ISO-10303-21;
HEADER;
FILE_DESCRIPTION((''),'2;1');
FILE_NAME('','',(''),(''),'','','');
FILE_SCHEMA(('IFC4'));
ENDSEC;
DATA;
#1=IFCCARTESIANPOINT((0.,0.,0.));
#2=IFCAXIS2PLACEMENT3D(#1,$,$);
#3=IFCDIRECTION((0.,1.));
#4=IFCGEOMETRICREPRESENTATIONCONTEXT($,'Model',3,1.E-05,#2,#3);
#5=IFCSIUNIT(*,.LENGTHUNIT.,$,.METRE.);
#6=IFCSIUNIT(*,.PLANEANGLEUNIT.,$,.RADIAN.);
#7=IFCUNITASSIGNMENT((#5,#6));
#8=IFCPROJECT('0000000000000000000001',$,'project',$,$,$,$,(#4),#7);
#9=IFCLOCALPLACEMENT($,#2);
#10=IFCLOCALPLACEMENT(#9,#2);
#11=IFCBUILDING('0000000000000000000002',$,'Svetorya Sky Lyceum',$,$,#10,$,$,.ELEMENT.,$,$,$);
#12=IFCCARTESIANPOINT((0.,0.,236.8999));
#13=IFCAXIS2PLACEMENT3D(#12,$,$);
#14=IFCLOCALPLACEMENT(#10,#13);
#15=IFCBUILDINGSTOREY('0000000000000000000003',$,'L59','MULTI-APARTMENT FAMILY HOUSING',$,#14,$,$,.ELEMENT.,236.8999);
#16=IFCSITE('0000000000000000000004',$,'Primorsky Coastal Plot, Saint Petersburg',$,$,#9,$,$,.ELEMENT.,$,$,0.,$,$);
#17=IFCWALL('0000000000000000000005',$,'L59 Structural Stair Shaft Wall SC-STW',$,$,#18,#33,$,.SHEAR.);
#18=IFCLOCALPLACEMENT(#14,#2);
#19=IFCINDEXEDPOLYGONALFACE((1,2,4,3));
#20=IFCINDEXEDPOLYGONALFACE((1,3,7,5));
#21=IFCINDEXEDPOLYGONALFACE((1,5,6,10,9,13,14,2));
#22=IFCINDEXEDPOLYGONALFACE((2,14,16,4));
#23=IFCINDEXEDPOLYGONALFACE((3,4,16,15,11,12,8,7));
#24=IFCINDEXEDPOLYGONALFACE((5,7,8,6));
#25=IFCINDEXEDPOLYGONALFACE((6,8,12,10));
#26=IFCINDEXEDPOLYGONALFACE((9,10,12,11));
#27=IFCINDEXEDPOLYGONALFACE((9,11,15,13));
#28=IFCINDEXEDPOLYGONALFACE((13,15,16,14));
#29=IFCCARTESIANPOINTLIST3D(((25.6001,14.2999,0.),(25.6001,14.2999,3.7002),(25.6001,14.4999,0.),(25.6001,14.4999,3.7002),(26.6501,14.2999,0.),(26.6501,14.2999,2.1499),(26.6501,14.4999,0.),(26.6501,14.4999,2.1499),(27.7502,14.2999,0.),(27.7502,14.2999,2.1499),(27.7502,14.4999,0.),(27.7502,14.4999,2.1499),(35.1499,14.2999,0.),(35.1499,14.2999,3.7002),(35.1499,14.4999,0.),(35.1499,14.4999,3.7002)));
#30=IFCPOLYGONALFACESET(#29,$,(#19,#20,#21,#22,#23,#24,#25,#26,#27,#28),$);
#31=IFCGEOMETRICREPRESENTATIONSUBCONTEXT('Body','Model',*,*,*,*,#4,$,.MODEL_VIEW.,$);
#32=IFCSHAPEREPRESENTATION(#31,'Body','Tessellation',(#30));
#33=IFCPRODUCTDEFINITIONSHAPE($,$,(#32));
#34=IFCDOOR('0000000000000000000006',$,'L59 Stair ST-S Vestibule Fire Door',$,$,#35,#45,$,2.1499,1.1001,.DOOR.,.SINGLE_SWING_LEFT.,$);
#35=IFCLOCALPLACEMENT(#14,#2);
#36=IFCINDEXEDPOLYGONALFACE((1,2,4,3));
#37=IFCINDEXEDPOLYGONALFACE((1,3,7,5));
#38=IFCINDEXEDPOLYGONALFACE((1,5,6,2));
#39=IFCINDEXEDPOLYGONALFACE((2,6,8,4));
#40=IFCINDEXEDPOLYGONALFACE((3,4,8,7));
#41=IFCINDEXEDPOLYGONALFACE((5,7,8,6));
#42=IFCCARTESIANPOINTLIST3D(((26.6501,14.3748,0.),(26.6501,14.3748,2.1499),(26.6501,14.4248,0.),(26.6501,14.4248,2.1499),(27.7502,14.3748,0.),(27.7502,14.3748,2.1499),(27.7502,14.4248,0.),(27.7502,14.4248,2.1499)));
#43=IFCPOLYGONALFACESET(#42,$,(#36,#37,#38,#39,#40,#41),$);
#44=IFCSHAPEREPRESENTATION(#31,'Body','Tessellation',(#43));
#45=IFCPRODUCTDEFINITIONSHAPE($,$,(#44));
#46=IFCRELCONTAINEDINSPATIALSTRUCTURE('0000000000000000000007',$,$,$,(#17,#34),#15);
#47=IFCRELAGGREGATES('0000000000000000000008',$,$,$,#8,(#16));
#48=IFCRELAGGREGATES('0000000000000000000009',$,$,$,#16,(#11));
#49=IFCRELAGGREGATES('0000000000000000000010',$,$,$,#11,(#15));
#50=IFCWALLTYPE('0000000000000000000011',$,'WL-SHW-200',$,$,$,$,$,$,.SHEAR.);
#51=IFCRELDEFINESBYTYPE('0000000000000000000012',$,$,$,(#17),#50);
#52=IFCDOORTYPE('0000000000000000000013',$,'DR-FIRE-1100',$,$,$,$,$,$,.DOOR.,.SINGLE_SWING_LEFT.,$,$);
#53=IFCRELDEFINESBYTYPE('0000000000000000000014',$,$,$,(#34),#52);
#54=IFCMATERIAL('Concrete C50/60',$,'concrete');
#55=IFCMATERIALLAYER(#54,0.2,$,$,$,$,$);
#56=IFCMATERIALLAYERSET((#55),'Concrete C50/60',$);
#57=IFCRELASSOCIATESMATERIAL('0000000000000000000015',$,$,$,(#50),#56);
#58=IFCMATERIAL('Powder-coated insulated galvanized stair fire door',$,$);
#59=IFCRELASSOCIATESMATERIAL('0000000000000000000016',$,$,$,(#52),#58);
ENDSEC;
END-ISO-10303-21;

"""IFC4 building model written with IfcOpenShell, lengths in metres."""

from ifc_helpers import new_model, si_unit, direction, frame, frame_2d, origin, place, context, subcontext, project, spatial, rectangle, extrude, material, layer, layer_set, type_object, element, fill, save


model = new_model("IFC4")

# Units and contexts
model_context = context("Model", 3, precision=1e-05, world=origin(), true_north=direction((0.0, 1.0)))
body_context = subcontext(model_context, "Body", "Model", "MODEL_VIEW")
ifc_project = project(units=[si_unit("LENGTHUNIT", "METRE"), si_unit("PLANEANGLEUNIT", "RADIAN")], contexts=[model_context])

# Site, building, storey
site_placement = place(None, origin())
site = spatial("IfcSite", under=ifc_project, at=site_placement, Name="Primorsky Coastal Plot, Saint Petersburg", CompositionType="ELEMENT", RefElevation=0.0)
building_placement = place(site_placement, origin())
building = spatial("IfcBuilding", under=site, at=building_placement, Name="Svetorya Sky Lyceum", CompositionType="ELEMENT")
storey_placement = place(building_placement, frame((0.0, 0.0, 236.8999)))
storey = spatial("IfcBuildingStorey", under=building, at=storey_placement, Name="L59", Description="MULTI-APARTMENT FAMILY HOUSING", CompositionType="ELEMENT", Elevation=236.8999)

# Shared definitions
ifc_material_1 = material(Name="Concrete C50/60", Category="concrete")

# Wall, opening, door
ifc_layer_1 = layer(ifc_material_1, 0.2)
ifc_layer_set_1 = layer_set([ifc_layer_1], Name="Concrete C50/60")
wall_type_1 = type_object("IfcWallType", Name="WL-SHW-200", PredefinedType="SHEAR", material=ifc_layer_set_1)
wall_1_placement = place(storey_placement, frame((25.6001, 14.3999, 0.0), z_axis=(0.0, 0.0, 1.0), x_axis=(1.0, 0.0, 0.0)))
wall_1 = element("IfcWall", 1, at=wall_1_placement, inside=storey, type_object=wall_type_1, Name="L59 Structural Stair Shaft Wall SC-STW", PredefinedType="SHEAR", context=body_context, shape_type="SweptSolid", body=[
    extrude(rectangle(XDim=9.5498, YDim=0.2, at=frame_2d((4.7749, 0.0))), origin(), (0.0, 0.0, 1.0), 3.7002),
])
opening_1_placement = place(wall_1_placement, frame((1.05, 0.0, 0.0)))
opening_1 = element("IfcOpeningElement", 2, at=opening_1_placement, cuts=wall_1, PredefinedType="OPENING", context=body_context, shape_type="SweptSolid", body=[
    extrude(rectangle(XDim=1.1001, YDim=2.1499, at=frame_2d((0.55, 1.075))), frame((0.0, 0.1099, 0.0), z_axis=(0.0, -1.0, 0.0), x_axis=(1.0, 0.0, 0.0)), (0.0, 0.0, 1.0), 0.22),
])
ifc_material_2 = material(Name="Powder-coated insulated galvanized stair fire door")
door_type_1 = type_object("IfcDoorType", Name="DR-FIRE-1100", OperationType="SINGLE_SWING_LEFT", PredefinedType="DOOR", material=ifc_material_2)
door_1_placement = place(opening_1_placement, origin())
door_1 = element("IfcDoor", 3, at=door_1_placement, inside=storey, type_object=door_type_1, Name="L59 Stair ST-S Vestibule Fire Door", OperationType="SINGLE_SWING_LEFT", OverallHeight=2.1499, OverallWidth=1.1001, PredefinedType="DOOR", context=body_context, shape_type="SweptSolid", body=[
    extrude(rectangle(XDim=1.1001, YDim=2.1499, at=frame_2d((0.55, 1.075))), frame((0.0, 0.0249, 0.0), z_axis=(0.0, -1.0, 0.0), x_axis=(1.0, 0.0, 0.0)), (0.0, 0.0, 1.0), 0.05),
])
fill(opening_1, door_1)

save(model, "model.ifc")
